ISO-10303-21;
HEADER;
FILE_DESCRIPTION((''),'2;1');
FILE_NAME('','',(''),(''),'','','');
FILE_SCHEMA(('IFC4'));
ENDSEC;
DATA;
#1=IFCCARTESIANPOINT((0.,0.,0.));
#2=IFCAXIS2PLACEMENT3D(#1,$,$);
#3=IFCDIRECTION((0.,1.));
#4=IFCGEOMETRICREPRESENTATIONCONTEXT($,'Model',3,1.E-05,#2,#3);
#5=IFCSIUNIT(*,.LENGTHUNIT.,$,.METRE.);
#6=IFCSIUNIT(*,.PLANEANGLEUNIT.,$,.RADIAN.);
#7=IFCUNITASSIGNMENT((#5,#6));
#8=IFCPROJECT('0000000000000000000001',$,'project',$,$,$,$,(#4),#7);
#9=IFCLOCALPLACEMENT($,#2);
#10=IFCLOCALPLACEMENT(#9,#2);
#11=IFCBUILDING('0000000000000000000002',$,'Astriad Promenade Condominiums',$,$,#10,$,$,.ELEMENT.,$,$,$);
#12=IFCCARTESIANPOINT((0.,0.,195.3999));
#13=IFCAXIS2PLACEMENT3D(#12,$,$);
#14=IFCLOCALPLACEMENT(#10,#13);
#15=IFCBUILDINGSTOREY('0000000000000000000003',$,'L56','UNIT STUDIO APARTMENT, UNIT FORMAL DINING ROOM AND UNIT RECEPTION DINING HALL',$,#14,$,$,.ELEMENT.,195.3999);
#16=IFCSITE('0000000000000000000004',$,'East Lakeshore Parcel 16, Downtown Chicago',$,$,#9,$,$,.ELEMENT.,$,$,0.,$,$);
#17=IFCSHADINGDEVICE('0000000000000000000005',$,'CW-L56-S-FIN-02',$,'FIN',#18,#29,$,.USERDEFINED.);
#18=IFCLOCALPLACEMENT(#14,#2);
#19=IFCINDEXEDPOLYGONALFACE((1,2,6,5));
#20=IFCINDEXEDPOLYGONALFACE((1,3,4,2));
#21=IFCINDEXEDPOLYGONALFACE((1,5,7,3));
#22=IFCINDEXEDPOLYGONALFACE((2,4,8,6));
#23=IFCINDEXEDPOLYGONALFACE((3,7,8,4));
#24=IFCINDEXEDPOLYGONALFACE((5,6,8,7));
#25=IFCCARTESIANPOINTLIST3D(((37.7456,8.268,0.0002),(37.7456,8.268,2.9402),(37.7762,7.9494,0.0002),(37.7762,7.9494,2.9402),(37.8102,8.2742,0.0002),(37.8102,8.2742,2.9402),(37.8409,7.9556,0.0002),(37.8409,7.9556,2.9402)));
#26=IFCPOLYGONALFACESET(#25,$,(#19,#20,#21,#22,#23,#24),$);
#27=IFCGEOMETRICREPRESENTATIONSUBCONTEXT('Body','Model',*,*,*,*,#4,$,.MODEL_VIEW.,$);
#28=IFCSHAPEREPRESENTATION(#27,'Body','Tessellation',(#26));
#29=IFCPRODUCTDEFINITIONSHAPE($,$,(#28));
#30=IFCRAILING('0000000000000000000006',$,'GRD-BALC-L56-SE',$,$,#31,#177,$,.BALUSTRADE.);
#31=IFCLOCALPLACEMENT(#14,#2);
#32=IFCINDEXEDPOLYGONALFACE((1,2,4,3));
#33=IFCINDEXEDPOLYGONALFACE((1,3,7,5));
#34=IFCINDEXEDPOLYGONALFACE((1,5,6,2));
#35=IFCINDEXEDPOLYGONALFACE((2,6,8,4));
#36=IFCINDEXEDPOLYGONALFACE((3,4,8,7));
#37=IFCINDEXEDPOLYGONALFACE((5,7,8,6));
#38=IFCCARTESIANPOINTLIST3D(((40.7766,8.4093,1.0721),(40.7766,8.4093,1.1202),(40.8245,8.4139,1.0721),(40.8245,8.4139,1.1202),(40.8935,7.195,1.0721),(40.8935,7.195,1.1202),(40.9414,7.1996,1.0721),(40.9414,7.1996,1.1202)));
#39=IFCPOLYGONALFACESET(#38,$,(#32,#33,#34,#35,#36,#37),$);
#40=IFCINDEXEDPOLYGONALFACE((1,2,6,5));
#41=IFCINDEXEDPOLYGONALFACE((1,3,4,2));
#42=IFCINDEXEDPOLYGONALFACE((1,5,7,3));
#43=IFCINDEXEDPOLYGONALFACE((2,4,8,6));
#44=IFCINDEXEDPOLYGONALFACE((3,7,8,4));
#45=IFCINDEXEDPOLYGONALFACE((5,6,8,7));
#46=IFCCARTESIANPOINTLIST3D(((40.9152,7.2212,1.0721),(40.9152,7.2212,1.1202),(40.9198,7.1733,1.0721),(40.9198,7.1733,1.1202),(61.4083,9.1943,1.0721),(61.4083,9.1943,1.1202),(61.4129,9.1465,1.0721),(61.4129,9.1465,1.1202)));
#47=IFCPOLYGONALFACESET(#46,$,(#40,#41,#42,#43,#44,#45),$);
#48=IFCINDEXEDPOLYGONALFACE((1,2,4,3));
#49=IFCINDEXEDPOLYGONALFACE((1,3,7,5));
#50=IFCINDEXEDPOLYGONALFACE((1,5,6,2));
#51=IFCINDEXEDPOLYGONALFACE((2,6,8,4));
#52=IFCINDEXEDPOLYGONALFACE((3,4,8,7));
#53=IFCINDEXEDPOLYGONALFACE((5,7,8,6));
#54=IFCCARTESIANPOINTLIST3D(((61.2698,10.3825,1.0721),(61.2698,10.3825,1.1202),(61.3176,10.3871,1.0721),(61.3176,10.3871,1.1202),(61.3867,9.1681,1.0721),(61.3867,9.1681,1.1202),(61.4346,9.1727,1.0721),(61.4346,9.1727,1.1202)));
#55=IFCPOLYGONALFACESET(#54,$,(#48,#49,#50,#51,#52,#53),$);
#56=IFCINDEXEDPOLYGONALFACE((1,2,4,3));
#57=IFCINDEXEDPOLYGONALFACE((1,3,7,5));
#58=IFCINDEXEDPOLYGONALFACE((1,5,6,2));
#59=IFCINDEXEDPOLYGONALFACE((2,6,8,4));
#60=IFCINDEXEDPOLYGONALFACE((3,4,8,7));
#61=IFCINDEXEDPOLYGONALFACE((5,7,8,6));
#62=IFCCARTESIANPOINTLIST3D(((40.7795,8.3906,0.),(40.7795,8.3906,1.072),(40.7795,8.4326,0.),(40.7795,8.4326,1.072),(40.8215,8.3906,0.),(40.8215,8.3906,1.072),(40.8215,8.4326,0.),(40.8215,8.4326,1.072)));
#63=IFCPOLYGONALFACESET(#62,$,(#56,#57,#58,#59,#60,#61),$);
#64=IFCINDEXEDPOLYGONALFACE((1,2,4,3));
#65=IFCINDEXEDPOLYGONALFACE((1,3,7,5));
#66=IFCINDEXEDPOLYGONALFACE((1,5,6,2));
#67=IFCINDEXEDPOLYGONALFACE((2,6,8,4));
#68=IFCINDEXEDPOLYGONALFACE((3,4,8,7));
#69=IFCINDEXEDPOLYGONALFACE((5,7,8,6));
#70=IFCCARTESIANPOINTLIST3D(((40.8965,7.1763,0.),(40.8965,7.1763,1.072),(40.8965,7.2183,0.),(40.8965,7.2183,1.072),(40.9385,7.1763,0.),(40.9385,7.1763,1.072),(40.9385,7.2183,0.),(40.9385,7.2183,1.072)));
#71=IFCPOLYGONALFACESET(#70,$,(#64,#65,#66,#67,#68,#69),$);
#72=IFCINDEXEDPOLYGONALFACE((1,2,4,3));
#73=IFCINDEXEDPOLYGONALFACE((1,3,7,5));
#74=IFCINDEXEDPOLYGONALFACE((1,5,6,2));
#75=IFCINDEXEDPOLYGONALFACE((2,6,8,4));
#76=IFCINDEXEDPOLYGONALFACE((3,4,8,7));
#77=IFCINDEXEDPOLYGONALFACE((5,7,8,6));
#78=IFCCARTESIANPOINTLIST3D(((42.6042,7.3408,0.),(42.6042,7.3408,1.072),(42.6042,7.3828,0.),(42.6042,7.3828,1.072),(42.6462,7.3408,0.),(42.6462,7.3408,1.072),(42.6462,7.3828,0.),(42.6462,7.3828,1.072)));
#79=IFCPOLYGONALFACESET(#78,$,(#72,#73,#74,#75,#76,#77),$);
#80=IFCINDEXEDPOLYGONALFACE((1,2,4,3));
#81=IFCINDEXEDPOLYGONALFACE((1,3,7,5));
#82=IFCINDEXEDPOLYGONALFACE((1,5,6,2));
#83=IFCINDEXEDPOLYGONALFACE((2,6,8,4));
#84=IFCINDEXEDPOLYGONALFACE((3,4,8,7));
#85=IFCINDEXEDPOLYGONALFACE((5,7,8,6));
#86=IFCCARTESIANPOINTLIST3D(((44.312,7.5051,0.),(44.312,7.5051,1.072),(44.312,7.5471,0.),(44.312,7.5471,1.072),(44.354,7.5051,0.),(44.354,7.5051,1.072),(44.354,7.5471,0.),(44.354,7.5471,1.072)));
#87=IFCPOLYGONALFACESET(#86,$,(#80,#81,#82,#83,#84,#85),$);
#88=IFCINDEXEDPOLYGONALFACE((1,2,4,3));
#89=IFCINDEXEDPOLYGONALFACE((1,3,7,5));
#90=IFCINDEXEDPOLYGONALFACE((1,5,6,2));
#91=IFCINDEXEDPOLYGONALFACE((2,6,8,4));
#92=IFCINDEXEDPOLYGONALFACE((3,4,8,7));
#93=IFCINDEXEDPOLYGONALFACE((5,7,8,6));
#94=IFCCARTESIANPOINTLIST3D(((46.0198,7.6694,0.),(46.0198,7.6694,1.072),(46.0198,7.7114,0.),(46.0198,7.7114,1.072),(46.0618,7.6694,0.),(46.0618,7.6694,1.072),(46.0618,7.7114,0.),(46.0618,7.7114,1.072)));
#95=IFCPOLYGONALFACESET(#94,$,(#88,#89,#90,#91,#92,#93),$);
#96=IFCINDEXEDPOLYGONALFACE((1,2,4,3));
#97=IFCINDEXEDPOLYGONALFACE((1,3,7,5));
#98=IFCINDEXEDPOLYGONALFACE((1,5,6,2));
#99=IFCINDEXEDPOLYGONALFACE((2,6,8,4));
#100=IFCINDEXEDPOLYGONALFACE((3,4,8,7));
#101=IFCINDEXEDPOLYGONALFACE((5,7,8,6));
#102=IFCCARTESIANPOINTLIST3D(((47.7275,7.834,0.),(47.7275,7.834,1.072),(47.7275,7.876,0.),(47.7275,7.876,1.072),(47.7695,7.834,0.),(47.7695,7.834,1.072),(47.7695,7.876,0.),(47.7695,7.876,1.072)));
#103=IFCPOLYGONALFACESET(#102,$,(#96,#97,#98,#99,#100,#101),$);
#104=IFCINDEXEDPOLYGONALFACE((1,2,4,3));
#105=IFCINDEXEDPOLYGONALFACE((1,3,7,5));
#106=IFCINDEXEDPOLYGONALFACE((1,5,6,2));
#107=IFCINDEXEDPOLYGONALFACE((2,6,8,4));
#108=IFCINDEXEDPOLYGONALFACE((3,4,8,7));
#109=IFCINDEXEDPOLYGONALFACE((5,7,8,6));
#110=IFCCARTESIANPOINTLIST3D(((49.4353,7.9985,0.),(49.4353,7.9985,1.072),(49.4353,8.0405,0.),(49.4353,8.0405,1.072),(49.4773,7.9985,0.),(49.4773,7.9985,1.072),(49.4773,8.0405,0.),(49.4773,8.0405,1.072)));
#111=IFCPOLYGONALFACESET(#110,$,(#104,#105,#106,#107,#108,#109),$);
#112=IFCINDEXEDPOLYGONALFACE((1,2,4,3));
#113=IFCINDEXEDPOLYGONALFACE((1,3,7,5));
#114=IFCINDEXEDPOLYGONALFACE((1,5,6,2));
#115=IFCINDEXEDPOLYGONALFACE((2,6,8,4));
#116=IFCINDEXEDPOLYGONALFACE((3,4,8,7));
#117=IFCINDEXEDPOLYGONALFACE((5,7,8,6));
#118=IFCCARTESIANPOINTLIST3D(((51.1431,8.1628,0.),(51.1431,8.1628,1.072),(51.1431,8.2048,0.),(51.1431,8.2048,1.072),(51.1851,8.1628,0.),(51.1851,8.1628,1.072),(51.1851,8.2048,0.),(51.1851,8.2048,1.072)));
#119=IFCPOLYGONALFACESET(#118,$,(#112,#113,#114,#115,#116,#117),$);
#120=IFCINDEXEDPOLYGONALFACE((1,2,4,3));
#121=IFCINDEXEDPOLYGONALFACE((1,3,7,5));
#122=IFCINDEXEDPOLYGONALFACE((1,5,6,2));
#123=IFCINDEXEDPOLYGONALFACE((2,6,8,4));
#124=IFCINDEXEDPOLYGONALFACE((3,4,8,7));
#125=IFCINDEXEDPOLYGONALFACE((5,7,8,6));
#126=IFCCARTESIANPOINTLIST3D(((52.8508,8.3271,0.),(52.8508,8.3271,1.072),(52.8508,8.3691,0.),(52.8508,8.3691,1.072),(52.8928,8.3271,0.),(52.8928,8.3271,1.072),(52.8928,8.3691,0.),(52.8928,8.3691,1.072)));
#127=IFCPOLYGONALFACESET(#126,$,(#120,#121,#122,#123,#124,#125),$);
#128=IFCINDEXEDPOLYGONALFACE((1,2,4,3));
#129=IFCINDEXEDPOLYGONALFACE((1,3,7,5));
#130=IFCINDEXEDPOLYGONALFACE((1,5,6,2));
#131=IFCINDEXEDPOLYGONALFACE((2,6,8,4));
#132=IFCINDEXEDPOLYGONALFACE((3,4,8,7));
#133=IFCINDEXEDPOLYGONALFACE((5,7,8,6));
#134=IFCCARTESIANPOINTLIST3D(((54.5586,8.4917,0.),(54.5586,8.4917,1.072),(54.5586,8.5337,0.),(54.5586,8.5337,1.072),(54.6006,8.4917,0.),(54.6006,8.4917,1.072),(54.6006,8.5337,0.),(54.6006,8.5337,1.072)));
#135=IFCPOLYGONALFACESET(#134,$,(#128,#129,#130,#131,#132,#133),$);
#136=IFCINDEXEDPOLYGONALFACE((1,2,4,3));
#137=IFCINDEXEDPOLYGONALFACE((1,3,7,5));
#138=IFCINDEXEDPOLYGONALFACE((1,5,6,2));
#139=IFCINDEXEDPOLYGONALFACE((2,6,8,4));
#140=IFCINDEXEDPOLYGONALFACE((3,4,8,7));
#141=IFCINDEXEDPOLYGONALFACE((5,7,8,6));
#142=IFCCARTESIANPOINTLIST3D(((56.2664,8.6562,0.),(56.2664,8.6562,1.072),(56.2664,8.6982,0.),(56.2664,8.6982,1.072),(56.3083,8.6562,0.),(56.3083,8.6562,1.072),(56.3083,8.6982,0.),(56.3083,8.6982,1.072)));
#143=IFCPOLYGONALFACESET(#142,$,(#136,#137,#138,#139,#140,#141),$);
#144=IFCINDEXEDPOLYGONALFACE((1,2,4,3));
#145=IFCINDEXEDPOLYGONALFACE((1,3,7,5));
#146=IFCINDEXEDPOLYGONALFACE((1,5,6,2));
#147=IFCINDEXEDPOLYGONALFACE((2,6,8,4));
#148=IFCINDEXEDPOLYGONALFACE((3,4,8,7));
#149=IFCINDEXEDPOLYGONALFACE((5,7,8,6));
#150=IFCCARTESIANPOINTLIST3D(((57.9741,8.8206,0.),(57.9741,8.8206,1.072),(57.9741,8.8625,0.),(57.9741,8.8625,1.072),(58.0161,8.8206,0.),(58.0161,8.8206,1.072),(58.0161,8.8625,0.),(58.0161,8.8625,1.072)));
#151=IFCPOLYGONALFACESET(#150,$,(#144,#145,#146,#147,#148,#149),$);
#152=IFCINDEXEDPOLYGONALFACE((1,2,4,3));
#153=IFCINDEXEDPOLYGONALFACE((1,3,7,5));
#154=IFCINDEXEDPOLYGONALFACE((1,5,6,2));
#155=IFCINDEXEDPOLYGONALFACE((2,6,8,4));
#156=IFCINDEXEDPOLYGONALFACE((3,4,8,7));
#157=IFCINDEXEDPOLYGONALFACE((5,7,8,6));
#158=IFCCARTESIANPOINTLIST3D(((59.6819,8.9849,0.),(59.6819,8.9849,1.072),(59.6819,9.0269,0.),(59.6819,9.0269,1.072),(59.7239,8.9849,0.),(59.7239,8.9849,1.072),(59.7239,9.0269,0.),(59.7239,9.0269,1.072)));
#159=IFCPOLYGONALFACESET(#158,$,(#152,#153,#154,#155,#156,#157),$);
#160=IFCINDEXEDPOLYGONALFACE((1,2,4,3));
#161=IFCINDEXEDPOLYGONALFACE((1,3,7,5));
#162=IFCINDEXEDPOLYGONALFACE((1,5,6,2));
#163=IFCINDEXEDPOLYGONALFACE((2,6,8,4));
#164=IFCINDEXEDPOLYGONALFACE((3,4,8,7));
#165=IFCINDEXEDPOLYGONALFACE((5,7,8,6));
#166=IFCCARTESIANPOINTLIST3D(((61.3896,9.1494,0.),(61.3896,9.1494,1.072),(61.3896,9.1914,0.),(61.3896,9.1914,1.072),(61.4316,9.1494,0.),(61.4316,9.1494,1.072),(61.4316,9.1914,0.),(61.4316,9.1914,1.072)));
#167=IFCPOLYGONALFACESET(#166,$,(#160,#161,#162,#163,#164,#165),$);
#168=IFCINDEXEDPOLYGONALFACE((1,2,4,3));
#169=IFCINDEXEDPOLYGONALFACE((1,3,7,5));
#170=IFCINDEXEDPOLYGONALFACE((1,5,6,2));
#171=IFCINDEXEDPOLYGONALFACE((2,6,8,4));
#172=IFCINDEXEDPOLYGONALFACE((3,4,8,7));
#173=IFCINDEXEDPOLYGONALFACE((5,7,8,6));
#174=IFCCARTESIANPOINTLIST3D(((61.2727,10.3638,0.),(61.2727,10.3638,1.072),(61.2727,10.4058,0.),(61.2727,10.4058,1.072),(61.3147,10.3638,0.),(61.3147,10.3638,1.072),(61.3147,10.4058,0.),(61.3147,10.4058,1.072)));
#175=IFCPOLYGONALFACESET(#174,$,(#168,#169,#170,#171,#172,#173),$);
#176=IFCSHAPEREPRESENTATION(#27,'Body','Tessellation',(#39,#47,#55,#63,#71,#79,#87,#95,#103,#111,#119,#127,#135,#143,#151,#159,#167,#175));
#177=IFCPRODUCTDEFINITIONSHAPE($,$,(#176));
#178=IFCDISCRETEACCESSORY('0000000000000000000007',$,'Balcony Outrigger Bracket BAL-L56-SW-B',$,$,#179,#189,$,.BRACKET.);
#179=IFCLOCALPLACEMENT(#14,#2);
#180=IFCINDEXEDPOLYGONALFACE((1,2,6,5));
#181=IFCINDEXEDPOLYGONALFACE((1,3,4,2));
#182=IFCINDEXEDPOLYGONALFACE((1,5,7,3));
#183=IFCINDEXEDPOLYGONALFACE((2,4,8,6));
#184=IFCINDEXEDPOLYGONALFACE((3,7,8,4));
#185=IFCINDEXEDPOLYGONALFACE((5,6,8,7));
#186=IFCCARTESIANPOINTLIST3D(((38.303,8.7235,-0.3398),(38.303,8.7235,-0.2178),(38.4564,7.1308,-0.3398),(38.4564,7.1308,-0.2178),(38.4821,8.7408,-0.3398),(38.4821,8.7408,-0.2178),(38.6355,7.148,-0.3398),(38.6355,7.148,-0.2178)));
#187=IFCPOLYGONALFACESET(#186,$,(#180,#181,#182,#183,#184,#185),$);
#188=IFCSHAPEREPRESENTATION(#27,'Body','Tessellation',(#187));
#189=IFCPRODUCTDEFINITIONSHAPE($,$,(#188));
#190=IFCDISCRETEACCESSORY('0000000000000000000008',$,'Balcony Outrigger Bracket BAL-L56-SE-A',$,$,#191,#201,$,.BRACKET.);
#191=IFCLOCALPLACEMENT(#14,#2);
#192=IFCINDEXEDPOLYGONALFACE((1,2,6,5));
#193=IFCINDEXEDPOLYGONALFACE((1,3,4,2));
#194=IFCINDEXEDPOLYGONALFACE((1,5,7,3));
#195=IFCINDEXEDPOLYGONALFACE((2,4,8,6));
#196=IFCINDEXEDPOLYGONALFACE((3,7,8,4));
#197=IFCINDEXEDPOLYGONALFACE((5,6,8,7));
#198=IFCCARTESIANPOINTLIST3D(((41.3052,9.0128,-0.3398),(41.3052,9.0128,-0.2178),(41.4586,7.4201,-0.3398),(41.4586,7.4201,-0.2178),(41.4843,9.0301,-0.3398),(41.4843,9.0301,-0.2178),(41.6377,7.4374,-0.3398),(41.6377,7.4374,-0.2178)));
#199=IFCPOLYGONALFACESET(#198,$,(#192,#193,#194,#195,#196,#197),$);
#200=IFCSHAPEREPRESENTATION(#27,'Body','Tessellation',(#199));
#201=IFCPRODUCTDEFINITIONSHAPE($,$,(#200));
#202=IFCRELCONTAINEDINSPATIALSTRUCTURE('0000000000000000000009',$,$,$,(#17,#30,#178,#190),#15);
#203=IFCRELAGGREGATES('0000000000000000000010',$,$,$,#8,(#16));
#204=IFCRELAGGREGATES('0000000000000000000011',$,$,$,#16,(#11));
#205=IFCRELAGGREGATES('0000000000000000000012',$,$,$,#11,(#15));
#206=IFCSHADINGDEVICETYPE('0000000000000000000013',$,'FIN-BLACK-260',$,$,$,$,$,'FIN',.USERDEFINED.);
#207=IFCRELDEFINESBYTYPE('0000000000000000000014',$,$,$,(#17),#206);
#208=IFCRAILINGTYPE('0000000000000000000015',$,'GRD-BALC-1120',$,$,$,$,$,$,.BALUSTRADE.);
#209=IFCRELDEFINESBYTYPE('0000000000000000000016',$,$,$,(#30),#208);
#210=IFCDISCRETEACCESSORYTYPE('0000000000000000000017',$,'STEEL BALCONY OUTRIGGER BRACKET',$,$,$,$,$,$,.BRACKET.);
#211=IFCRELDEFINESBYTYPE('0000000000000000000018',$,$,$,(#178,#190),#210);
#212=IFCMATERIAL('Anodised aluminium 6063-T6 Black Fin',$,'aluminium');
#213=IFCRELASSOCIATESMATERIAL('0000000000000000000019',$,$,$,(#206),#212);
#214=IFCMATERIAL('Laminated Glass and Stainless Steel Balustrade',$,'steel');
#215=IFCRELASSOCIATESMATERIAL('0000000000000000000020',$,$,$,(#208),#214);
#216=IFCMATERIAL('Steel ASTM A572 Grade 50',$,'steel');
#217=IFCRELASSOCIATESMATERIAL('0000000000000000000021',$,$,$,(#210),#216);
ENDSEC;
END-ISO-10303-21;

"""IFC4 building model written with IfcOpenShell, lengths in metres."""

from ifc_helpers import new_model, si_unit, direction, frame, origin, origin_2d, place, context, subcontext, project, spatial, rectangle, extrude, source, transform, mapped, material, type_object, type_shapes, element, save


model = new_model("IFC4")

# Units and contexts
model_context = context("Model", 3, precision=1e-05, world=origin(), true_north=direction((0.0, 1.0)))
body_context = subcontext(model_context, "Body", "Model", "MODEL_VIEW")
ifc_project = project(units=[si_unit("LENGTHUNIT", "METRE"), si_unit("PLANEANGLEUNIT", "RADIAN")], contexts=[model_context])

# Site, building, storey
site_placement = place(None, origin())
site = spatial("IfcSite", under=ifc_project, at=site_placement, Name="East Lakeshore Parcel 16, Downtown Chicago", CompositionType="ELEMENT", RefElevation=0.0)
building_placement = place(site_placement, origin())
building = spatial("IfcBuilding", under=site, at=building_placement, Name="Astriad Promenade Condominiums", CompositionType="ELEMENT")
storey_placement = place(building_placement, frame((0.0, 0.0, 195.3999)))
storey = spatial("IfcBuildingStorey", under=building, at=storey_placement, Name="L56", Description="UNIT STUDIO APARTMENT, UNIT FORMAL DINING ROOM AND UNIT RECEPTION DINING HALL", CompositionType="ELEMENT", Elevation=195.3999)

# Shading device
ifc_material_1 = material(Name="Anodised aluminium 6063-T6 Black Fin", Category="aluminium")
shading_device_type = type_object("IfcShadingDeviceType", Name="FIN-BLACK-260", ElementType="FIN", PredefinedType="USERDEFINED", material=ifc_material_1)
shared_shape_1 = source(origin(), body_context, "Body", "SweptSolid", [
    extrude(rectangle(XDim=0.0649, YDim=0.3201, at=origin_2d()), origin(), (0.0, 0.0, 1.0), 2.9399),
])
type_shapes(shading_device_type, [shared_shape_1])
for number, where, z_axis, x_axis, name in (
    (1, (37.7932, 8.1118, 0.0002), (0.0, 0.0, 1.0), (-0.995396, -0.095846, 0.0), "CW-L56-S-FIN-02"),
):
    element("IfcShadingDevice", number, at=place(storey_placement, frame(where, z_axis=z_axis, x_axis=x_axis)), inside=storey, type_object=shading_device_type, Name=name, ObjectType="FIN", PredefinedType="USERDEFINED", context=body_context, shape_type="MappedRepresentation", body=[
        mapped(shared_shape_1, transform((0.0, 0.0, 0.0), scale=1.0)),
    ])

# Railing
ifc_material_2 = material(Name="Laminated Glass and Stainless Steel Balustrade", Category="steel")
railing_type = type_object("IfcRailingType", Name="GRD-BALC-1120", PredefinedType="BALUSTRADE", material=ifc_material_2)
shared_shape_2 = source(origin(), body_context, "Body", "SweptSolid", [
    extrude(rectangle(XDim=0.0481, YDim=0.0481, at=origin_2d()), frame((0.0, 0.0, 1.0962), z_axis=(0.095857, -0.995395, 0.0), x_axis=(0.995395, 0.095857, 0.0)), (0.0, 0.0, 1.0), 1.22),
    extrude(rectangle(XDim=0.0481, YDim=0.0481, at=origin_2d()), frame((0.1169, -1.2144, 1.0962), z_axis=(0.995397, 0.09584, 0.0), x_axis=(-0.09584, 0.995397, 0.0)), (0.0, 0.0, 1.0), 20.5879),
    extrude(rectangle(XDim=0.0481, YDim=0.0481, at=origin_2d()), frame((20.6101, 0.7588, 1.0962), z_axis=(-0.095857, 0.995395, 0.0), x_axis=(-0.995395, -0.095857, 0.0)), (0.0, 0.0, 1.0), 1.22),
    extrude(rectangle(XDim=0.042, YDim=0.042, at=origin_2d()), origin(), (0.0, 0.0, 1.0), 1.072),
    extrude(rectangle(XDim=0.042, YDim=0.042, at=origin_2d()), frame((0.1169, -1.2144, 0.0)), (0.0, 0.0, 1.0), 1.072),
    extrude(rectangle(XDim=0.042, YDim=0.042, at=origin_2d()), frame((1.8247, -1.0498, 0.0)), (0.0, 0.0, 1.0), 1.072),
    extrude(rectangle(XDim=0.042, YDim=0.042, at=origin_2d()), frame((3.5325, -0.8855, 0.0)), (0.0, 0.0, 1.0), 1.072),
    extrude(rectangle(XDim=0.042, YDim=0.042, at=origin_2d()), frame((5.2402, -0.7212, 0.0)), (0.0, 0.0, 1.0), 1.072),
    extrude(rectangle(XDim=0.042, YDim=0.042, at=origin_2d()), frame((6.948, -0.5566, 0.0)), (0.0, 0.0, 1.0), 1.072),
    extrude(rectangle(XDim=0.042, YDim=0.042, at=origin_2d()), frame((8.6558, -0.3921, 0.0)), (0.0, 0.0, 1.0), 1.072),
    extrude(rectangle(XDim=0.042, YDim=0.042, at=origin_2d()), frame((10.3635, -0.2278, 0.0)), (0.0, 0.0, 1.0), 1.072),
    extrude(rectangle(XDim=0.042, YDim=0.042, at=origin_2d()), frame((12.0713, -0.0635, 0.0)), (0.0, 0.0, 1.0), 1.072),
    extrude(rectangle(XDim=0.042, YDim=0.042, at=origin_2d()), frame((13.7791, 0.1011, 0.0)), (0.0, 0.0, 1.0), 1.072),
    extrude(rectangle(XDim=0.042, YDim=0.042, at=origin_2d()), frame((15.4868, 0.2656, 0.0)), (0.0, 0.0, 1.0), 1.072),
    extrude(rectangle(XDim=0.042, YDim=0.042, at=origin_2d()), frame((17.1946, 0.4299, 0.0)), (0.0, 0.0, 1.0), 1.072),
    extrude(rectangle(XDim=0.042, YDim=0.042, at=origin_2d()), frame((18.9023, 0.5942, 0.0)), (0.0, 0.0, 1.0), 1.072),
    extrude(rectangle(XDim=0.042, YDim=0.042, at=origin_2d()), frame((20.6101, 0.7588, 0.0)), (0.0, 0.0, 1.0), 1.072),
    extrude(rectangle(XDim=0.042, YDim=0.042, at=origin_2d()), frame((20.4932, 1.9731, 0.0)), (0.0, 0.0, 1.0), 1.072),
])
type_shapes(railing_type, [shared_shape_2])
railing_placement = place(storey_placement, frame((40.8005, 8.4116, 0.0)))
element("IfcRailing", 2, at=railing_placement, inside=storey, type_object=railing_type, Name="GRD-BALC-L56-SE", PredefinedType="BALUSTRADE", context=body_context, shape_type="MappedRepresentation", body=[
    mapped(shared_shape_2, transform((0.0, 0.0, 0.0), scale=1.0)),
])

# Discrete accessories
ifc_material_3 = material(Name="Steel ASTM A572 Grade 50", Category="steel")
discrete_accessory_type = type_object("IfcDiscreteAccessoryType", Name="STEEL BALCONY OUTRIGGER BRACKET", PredefinedType="BRACKET", material=ifc_material_3)
shared_shape_3 = source(origin(), body_context, "Body", "SweptSolid", [
    extrude(rectangle(XDim=1.6001, YDim=0.1799, at=origin_2d()), origin(), (0.0, 0.0, 1.0), 0.1221),
])
type_shapes(discrete_accessory_type, [shared_shape_3])
for number, where, z_axis, x_axis, name in (
    (3, (38.4692, 7.9358, -0.3398), (0.0, 0.0, 1.0), (0.095846, -0.995396, 0.0), "Balcony Outrigger Bracket BAL-L56-SW-B"),
    (4, (41.4714, 8.2251, -0.3398), (0.0, 0.0, 1.0), (0.095846, -0.995396, 0.0), "Balcony Outrigger Bracket BAL-L56-SE-A"),
):
    element("IfcDiscreteAccessory", number, at=place(storey_placement, frame(where, z_axis=z_axis, x_axis=x_axis)), inside=storey, type_object=discrete_accessory_type, Name=name, PredefinedType="BRACKET", context=body_context, shape_type="MappedRepresentation", body=[
        mapped(shared_shape_3, transform((0.0, 0.0, 0.0), scale=1.0)),
    ])

save(model, "model.ifc")
